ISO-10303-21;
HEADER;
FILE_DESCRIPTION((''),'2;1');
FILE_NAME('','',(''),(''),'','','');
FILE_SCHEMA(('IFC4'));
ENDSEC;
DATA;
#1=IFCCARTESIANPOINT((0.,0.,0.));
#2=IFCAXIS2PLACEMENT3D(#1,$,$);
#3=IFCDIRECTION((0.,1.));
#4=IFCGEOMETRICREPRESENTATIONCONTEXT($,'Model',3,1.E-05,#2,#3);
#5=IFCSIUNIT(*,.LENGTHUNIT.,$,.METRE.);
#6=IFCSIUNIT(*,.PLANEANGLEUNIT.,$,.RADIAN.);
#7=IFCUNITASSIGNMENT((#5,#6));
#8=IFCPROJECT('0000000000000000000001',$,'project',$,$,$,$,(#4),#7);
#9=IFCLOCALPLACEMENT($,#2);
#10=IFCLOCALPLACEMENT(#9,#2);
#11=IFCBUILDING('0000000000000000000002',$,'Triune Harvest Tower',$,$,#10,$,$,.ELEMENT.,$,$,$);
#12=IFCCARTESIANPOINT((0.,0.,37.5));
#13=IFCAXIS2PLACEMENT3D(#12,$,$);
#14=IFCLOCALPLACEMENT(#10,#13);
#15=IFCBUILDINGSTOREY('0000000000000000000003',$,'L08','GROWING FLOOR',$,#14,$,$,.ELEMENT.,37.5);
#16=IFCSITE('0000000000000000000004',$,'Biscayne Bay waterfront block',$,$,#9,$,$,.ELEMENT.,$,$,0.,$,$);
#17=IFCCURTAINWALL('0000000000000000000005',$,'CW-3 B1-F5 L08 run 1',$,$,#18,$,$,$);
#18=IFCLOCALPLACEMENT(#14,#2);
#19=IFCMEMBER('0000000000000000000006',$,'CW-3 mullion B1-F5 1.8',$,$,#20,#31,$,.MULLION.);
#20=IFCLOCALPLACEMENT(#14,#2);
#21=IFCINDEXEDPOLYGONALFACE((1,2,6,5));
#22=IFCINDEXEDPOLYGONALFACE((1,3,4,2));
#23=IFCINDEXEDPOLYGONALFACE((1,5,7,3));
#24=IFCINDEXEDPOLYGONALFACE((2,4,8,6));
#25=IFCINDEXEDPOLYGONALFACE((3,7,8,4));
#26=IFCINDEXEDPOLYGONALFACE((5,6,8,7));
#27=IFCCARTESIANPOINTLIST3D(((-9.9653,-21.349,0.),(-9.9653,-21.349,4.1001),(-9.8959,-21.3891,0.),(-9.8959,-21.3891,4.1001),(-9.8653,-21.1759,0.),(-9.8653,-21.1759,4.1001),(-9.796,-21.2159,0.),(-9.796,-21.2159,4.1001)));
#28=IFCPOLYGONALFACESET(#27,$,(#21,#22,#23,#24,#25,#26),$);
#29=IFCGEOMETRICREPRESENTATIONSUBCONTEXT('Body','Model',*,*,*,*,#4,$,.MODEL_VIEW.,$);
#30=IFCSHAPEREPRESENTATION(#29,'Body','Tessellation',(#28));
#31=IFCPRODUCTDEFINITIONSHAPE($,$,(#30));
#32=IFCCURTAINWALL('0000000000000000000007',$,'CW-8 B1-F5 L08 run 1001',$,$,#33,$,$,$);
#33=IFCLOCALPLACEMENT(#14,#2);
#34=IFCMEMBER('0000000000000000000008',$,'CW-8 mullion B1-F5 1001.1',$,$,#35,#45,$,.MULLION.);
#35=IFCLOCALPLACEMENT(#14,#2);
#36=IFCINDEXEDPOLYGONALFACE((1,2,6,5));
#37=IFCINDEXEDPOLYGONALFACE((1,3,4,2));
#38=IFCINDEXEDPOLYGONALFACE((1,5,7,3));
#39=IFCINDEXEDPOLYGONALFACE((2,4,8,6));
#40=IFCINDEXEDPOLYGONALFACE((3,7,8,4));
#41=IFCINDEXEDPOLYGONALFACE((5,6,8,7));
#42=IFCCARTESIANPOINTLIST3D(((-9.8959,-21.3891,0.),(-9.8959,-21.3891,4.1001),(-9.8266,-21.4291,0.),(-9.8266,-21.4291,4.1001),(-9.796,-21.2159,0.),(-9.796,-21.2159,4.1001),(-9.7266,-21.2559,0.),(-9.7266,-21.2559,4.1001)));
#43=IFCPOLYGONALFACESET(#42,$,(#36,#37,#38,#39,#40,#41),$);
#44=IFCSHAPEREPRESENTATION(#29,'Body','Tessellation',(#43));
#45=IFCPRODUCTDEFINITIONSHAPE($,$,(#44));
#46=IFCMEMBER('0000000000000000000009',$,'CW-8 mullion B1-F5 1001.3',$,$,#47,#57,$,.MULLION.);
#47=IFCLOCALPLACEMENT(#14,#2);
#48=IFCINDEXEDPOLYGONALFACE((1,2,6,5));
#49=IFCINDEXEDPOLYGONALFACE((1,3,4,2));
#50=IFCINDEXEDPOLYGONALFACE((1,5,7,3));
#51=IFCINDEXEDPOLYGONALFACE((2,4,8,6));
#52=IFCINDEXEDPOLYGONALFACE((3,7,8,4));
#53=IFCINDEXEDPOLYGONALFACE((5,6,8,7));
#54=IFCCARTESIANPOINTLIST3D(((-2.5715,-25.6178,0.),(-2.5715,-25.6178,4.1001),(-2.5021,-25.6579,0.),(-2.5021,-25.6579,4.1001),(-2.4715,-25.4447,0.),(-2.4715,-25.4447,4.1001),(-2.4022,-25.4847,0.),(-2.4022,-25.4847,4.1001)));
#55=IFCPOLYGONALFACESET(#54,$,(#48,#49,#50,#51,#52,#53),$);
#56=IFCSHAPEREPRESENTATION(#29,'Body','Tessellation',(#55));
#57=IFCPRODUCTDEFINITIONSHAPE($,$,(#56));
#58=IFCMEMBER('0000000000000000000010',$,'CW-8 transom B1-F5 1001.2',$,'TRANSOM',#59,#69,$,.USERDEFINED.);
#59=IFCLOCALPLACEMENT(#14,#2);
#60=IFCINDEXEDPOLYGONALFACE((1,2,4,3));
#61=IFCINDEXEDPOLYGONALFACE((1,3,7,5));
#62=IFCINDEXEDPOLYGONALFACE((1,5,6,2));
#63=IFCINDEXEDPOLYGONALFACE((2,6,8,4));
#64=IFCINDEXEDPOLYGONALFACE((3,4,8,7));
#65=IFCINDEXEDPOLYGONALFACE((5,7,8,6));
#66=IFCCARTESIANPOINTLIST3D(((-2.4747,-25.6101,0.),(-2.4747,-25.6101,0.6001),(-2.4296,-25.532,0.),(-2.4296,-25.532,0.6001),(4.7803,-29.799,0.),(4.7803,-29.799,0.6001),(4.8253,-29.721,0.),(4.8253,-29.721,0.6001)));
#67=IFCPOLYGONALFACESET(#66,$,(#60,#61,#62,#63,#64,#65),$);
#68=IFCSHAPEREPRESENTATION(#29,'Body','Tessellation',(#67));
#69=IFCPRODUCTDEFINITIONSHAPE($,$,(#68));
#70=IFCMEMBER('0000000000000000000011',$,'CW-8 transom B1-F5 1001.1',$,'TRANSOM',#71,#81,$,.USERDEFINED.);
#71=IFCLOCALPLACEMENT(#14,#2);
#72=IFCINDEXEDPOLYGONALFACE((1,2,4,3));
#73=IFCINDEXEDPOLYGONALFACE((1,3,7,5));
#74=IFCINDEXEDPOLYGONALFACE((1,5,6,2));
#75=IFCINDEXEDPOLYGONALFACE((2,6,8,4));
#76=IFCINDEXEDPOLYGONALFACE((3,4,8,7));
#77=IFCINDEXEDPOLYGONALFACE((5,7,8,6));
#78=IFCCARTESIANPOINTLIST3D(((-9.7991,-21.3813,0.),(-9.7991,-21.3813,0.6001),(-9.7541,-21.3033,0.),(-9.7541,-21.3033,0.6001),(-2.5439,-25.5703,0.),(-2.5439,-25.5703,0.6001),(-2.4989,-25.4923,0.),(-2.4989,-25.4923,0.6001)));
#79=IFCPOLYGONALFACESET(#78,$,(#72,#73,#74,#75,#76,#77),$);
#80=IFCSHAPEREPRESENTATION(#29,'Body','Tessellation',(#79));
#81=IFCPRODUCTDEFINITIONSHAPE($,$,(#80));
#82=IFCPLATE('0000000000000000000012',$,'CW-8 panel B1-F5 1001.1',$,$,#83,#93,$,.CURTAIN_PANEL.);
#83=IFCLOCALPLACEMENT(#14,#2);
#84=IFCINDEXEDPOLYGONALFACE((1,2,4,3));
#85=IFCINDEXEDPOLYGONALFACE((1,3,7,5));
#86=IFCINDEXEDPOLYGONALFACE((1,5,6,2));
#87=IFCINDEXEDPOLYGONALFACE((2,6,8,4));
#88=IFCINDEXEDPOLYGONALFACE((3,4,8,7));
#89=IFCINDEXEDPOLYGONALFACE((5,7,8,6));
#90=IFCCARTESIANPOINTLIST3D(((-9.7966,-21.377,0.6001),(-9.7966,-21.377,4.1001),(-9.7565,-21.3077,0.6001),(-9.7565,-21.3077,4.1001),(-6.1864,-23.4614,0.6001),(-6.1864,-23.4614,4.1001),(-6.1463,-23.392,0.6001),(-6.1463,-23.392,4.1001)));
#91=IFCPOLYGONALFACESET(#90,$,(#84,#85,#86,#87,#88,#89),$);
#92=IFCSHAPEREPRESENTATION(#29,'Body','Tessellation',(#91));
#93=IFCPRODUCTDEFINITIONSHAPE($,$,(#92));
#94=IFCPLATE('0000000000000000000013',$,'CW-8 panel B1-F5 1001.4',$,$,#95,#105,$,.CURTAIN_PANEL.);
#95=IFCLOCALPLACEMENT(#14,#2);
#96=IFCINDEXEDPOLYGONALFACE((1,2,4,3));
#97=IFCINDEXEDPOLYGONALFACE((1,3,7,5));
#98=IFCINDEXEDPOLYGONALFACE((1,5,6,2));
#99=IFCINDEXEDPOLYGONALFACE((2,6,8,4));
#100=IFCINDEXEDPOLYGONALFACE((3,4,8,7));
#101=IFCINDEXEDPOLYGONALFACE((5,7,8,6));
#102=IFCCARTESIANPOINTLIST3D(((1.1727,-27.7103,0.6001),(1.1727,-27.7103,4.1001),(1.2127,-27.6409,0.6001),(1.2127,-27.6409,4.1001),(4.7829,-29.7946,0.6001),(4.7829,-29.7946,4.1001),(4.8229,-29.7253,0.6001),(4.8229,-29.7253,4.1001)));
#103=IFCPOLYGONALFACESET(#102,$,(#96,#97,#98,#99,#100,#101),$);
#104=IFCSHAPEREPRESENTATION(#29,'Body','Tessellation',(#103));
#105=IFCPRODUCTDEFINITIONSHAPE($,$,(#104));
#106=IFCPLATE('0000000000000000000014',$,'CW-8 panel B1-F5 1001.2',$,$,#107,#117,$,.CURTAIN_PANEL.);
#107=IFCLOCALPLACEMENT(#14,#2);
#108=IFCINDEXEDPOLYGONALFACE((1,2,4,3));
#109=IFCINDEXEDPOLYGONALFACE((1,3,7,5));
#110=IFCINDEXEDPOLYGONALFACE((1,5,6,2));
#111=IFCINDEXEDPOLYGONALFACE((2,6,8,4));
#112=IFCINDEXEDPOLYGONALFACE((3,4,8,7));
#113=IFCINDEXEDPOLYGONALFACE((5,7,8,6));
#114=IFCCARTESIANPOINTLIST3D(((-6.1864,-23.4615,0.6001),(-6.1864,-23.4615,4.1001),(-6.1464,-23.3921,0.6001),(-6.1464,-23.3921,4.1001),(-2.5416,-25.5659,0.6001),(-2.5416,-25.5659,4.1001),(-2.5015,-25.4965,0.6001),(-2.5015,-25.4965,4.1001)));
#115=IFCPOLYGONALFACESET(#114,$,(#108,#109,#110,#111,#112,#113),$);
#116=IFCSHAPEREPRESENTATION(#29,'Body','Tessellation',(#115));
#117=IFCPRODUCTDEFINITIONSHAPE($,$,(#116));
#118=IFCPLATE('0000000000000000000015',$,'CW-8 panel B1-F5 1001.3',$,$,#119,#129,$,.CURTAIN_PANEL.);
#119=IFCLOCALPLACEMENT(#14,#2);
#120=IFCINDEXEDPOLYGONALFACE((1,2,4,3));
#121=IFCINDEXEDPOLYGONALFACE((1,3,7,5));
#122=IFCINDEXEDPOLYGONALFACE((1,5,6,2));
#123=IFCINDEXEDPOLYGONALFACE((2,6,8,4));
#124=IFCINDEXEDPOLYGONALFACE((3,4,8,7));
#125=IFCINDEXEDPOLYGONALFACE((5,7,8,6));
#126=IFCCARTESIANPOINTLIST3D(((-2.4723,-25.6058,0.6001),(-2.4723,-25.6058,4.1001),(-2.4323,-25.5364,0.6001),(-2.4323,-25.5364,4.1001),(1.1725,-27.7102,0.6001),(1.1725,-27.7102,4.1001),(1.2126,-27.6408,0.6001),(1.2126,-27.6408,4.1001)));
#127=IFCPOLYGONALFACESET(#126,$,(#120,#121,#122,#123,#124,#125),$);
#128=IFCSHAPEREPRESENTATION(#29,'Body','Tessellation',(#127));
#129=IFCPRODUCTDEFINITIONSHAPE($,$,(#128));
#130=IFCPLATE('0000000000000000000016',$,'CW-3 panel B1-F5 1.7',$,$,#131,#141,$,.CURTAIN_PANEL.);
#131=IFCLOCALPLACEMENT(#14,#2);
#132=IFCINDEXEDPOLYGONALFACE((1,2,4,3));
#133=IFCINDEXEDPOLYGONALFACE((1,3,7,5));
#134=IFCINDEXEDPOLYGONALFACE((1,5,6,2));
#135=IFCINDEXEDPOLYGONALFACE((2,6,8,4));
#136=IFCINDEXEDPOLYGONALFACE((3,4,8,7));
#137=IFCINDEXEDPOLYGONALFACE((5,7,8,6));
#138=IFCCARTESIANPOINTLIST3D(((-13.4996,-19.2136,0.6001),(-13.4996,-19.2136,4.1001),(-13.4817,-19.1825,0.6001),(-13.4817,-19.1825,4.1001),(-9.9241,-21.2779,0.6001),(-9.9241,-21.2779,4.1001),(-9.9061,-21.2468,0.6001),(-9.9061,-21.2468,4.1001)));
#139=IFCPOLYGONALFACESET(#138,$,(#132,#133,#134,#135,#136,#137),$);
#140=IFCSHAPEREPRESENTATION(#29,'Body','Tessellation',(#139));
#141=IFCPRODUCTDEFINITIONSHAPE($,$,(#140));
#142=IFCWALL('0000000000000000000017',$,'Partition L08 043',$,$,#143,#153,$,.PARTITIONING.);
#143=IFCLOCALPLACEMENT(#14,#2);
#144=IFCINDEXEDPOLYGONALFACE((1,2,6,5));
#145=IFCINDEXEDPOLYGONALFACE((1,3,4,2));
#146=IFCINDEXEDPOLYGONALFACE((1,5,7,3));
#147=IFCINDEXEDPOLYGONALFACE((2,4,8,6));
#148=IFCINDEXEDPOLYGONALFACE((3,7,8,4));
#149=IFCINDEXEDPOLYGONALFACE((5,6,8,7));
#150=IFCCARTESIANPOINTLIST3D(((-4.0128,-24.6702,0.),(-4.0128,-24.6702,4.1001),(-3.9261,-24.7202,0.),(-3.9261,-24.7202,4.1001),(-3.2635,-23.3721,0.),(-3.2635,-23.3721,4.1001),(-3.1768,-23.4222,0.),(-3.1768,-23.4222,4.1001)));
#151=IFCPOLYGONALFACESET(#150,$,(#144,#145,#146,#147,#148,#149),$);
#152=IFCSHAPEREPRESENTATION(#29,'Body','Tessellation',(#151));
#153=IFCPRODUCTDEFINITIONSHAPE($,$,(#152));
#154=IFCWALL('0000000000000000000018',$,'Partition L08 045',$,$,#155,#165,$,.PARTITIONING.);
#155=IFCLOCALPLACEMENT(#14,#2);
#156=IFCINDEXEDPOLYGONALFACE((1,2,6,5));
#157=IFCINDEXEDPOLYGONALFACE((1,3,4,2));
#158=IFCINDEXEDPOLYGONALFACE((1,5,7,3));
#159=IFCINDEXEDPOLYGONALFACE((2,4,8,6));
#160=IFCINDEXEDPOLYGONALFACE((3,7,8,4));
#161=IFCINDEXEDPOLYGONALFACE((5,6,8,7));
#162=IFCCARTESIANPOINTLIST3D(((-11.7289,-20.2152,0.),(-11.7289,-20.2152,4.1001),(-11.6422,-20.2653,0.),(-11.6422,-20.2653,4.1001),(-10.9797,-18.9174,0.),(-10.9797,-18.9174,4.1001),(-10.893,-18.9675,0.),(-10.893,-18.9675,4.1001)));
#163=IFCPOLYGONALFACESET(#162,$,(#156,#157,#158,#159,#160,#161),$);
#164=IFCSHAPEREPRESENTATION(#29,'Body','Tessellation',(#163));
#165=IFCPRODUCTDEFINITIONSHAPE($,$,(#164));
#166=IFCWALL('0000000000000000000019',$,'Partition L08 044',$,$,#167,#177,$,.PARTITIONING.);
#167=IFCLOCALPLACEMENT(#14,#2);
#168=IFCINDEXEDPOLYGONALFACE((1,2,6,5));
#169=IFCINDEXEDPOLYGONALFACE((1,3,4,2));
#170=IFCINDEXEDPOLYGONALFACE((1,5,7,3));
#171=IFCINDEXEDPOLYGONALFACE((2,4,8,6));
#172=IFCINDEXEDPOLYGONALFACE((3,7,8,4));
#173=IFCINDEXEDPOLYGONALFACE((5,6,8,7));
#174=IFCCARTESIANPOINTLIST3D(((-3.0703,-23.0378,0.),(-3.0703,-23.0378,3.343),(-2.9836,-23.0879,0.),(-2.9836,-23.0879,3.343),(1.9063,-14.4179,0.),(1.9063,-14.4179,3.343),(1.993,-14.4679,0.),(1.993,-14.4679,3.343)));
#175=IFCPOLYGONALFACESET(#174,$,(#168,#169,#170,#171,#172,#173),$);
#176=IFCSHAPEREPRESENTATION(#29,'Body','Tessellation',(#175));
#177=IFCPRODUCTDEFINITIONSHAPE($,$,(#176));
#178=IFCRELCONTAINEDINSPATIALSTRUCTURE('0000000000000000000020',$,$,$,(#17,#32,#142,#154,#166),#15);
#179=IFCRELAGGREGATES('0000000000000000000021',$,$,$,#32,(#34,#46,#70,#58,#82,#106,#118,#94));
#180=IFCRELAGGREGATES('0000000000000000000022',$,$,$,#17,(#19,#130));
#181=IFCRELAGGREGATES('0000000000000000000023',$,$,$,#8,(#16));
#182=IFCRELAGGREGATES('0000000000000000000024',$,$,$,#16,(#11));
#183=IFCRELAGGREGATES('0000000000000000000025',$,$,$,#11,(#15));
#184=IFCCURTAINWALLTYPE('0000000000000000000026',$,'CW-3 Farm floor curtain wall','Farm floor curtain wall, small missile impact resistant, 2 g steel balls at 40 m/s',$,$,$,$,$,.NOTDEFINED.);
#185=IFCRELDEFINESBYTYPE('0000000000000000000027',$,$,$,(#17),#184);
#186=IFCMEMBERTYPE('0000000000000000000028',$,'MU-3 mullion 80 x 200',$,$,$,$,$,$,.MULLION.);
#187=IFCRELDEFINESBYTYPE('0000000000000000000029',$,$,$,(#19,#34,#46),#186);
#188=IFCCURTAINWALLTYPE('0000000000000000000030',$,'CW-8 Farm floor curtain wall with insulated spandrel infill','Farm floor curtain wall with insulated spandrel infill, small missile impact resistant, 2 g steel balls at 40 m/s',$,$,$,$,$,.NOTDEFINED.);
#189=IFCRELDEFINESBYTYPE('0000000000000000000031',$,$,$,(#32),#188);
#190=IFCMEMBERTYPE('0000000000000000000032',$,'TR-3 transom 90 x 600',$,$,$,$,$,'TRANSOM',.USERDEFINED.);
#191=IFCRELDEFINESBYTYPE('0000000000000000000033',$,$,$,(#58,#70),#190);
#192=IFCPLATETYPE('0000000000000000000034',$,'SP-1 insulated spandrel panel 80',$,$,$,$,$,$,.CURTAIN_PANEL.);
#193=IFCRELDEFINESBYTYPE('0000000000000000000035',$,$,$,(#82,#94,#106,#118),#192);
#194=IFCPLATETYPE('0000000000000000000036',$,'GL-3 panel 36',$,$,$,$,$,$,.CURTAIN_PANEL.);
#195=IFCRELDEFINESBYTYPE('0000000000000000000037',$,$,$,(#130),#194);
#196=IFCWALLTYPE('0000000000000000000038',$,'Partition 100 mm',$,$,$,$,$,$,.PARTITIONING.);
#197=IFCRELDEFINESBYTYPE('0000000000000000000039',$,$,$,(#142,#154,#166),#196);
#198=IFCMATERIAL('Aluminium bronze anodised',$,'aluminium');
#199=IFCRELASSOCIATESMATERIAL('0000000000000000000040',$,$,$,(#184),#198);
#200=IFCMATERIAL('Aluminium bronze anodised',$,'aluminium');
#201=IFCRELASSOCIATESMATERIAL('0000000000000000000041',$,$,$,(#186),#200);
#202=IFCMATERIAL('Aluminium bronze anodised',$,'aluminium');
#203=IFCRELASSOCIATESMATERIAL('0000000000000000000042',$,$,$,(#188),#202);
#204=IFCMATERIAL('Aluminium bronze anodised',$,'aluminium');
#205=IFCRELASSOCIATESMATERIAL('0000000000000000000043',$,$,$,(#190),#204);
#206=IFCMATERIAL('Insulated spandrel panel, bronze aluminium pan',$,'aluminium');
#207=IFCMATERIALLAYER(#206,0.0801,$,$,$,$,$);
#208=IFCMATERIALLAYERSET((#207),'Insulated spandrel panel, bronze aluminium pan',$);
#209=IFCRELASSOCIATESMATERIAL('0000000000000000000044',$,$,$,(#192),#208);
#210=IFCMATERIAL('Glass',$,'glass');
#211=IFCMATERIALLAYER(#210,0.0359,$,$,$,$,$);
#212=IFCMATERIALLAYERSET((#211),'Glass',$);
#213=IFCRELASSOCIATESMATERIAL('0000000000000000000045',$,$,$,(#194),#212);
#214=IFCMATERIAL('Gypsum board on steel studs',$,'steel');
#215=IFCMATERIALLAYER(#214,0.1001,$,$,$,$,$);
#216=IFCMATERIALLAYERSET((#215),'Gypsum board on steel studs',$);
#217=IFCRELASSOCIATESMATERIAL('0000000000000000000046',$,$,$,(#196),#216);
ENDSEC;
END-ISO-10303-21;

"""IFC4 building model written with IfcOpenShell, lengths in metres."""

from ifc_helpers import new_model, si_unit, direction, frame, frame_2d, origin, origin_2d, place, context, subcontext, project, spatial, rectangle, extrude, source, transform, mapped, material, layer, layer_set, material_profile, profile_set, type_object, element, aggregate, save


model = new_model("IFC4")

# Units and contexts
model_context = context("Model", 3, precision=1e-05, world=origin(), true_north=direction((0.0, 1.0)))
body_context = subcontext(model_context, "Body", "Model", "MODEL_VIEW")
ifc_project = project(units=[si_unit("LENGTHUNIT", "METRE"), si_unit("PLANEANGLEUNIT", "RADIAN")], contexts=[model_context])

# Site, building, storey
site_placement = place(None, origin())
site = spatial("IfcSite", under=ifc_project, at=site_placement, Name="Biscayne Bay waterfront block", CompositionType="ELEMENT", RefElevation=0.0)
building_placement = place(site_placement, origin())
building = spatial("IfcBuilding", under=site, at=building_placement, Name="Triune Harvest Tower", CompositionType="ELEMENT")
storey_placement = place(building_placement, frame((0.0, 0.0, 37.5)))
storey = spatial("IfcBuildingStorey", under=building, at=storey_placement, Name="L08", Description="GROWING FLOOR", CompositionType="ELEMENT", Elevation=37.5)

# Curtain wall, member
ifc_material_1 = material(Name="Aluminium bronze anodised", Category="aluminium")
curtain_wall_type_1 = type_object("IfcCurtainWallType", Name="CW-3 Farm floor curtain wall", Description="Farm floor curtain wall, small missile impact resistant, 2 g steel balls at 40 m/s", PredefinedType="NOTDEFINED", material=ifc_material_1)
curtain_wall_1_placement = place(storey_placement, origin())
curtain_wall_1 = element("IfcCurtainWall", 1, at=curtain_wall_1_placement, inside=storey, type_object=curtain_wall_type_1, Name="CW-3 B1-F5 L08 run 1")
ifc_material_2 = material(Name="Aluminium bronze anodised", Category="aluminium")
ifc_material_profile_1 = material_profile(ifc_material_2, rectangle(XDim=0.2, YDim=0.0801, at=origin_2d()), Name="MU-3 mullion 80 x 200")
ifc_profile_set_1 = profile_set([ifc_material_profile_1], Name="Aluminium bronze anodised")
member_type_1 = type_object("IfcMemberType", Name="MU-3 mullion 80 x 200", PredefinedType="MULLION", material=ifc_profile_set_1)
shared_shape_1 = source(origin(), body_context, "Body", "SweptSolid", [
    extrude(rectangle(XDim=0.2, YDim=0.0801, at=origin_2d()), origin(), (0.0, 0.0, 1.0), 4.1001),
])
member_1_placement = place(storey_placement, frame((-9.8806, -21.2825, 0.0), z_axis=(0.0, 0.0, 1.0), x_axis=(0.5, 0.866026, 0.0)))
member_1 = element("IfcMember", 2, at=member_1_placement, type_object=member_type_1, Name="CW-3 mullion B1-F5 1.8", PredefinedType="MULLION", context=body_context, shape_type="MappedRepresentation", body=[
    mapped(shared_shape_1, transform((0.0, 0.0, 0.0), scale=1.0)),
])

# Curtain wall, members, plates
ifc_material_3 = material(Name="Aluminium bronze anodised", Category="aluminium")
curtain_wall_type_2 = type_object("IfcCurtainWallType", Name="CW-8 Farm floor curtain wall with insulated spandrel infill", Description="Farm floor curtain wall with insulated spandrel infill, small missile impact resistant, 2 g steel balls at 40 m/s", PredefinedType="NOTDEFINED", material=ifc_material_3)
curtain_wall_2_placement = place(storey_placement, origin())
curtain_wall_2 = element("IfcCurtainWall", 3, at=curtain_wall_2_placement, inside=storey, type_object=curtain_wall_type_2, Name="CW-8 B1-F5 L08 run 1001")
member_2_placement = place(storey_placement, frame((-9.8113, -21.3225, 0.0), z_axis=(0.0, 0.0, 1.0), x_axis=(0.500003, 0.866024, 0.0)))
member_2 = element("IfcMember", 4, at=member_2_placement, type_object=member_type_1, Name="CW-8 mullion B1-F5 1001.1", PredefinedType="MULLION", context=body_context, shape_type="MappedRepresentation", body=[
    mapped(shared_shape_1, transform((0.0, 0.0, 0.0), scale=1.0)),
])
member_3_placement = place(storey_placement, frame((-2.4868, -25.5513, 0.0), z_axis=(0.0, 0.0, 1.0), x_axis=(0.500003, 0.866024, 0.0)))
member_3 = element("IfcMember", 5, at=member_3_placement, type_object=member_type_1, Name="CW-8 mullion B1-F5 1001.3", PredefinedType="MULLION", context=body_context, shape_type="MappedRepresentation", body=[
    mapped(shared_shape_1, transform((0.0, 0.0, 0.0), scale=1.0)),
])
ifc_material_4 = material(Name="Aluminium bronze anodised", Category="aluminium")
ifc_material_profile_2 = material_profile(ifc_material_4, rectangle(XDim=0.0901, YDim=0.6001, at=origin_2d()), Name="TR-3 transom 90 x 600")
ifc_profile_set_2 = profile_set([ifc_material_profile_2], Name="Aluminium bronze anodised")
member_type_2 = type_object("IfcMemberType", Name="TR-3 transom 90 x 600", ElementType="TRANSOM", PredefinedType="USERDEFINED", material=ifc_profile_set_2)
shared_shape_2 = source(origin(), body_context, "Body", "SweptSolid", [
    extrude(rectangle(XDim=0.0901, YDim=0.6001, at=origin_2d()), origin(), (0.0, 0.0, 1.0), 8.3774),
])
member_4_placement = place(storey_placement, frame((-2.4521, -25.571, 0.3), z_axis=(0.866007, -0.500032, 0.0), x_axis=(0.500032, 0.866007, 0.0)))
member_4 = element("IfcMember", 6, at=member_4_placement, type_object=member_type_2, Name="CW-8 transom B1-F5 1001.2", ObjectType="TRANSOM", PredefinedType="USERDEFINED", context=body_context, shape_type="MappedRepresentation", body=[
    mapped(shared_shape_2, transform((0.0, 0.0, 0.0), scale=1.0)),
])
shared_shape_3 = source(origin(), body_context, "Body", "SweptSolid", [
    extrude(rectangle(XDim=0.0901, YDim=0.6001, at=origin_2d()), origin(), (0.0, 0.0, 1.0), 8.3777),
])
member_5_placement = place(storey_placement, frame((-9.7766, -21.3423, 0.3), z_axis=(0.866014, -0.500019, 0.0), x_axis=(0.500019, 0.866014, 0.0)))
member_5 = element("IfcMember", 7, at=member_5_placement, type_object=member_type_2, Name="CW-8 transom B1-F5 1001.1", ObjectType="TRANSOM", PredefinedType="USERDEFINED", context=body_context, shape_type="MappedRepresentation", body=[
    mapped(shared_shape_3, transform((0.0, 0.0, 0.0), scale=1.0)),
])
ifc_material_5 = material(Name="Insulated spandrel panel, bronze aluminium pan", Category="aluminium")
ifc_layer_1 = layer(ifc_material_5, 0.0801)
ifc_layer_set_1 = layer_set([ifc_layer_1], Name="Insulated spandrel panel, bronze aluminium pan")
plate_type_1 = type_object("IfcPlateType", Name="SP-1 insulated spandrel panel 80", PredefinedType="CURTAIN_PANEL", material=ifc_layer_set_1)
shared_shape_4 = source(origin(), body_context, "Body", "SweptSolid", [
    extrude(rectangle(XDim=4.1687, YDim=0.0801, at=origin_2d()), origin(), (0.0, 0.0, 1.0), 3.5),
])
plate_1_placement = place(storey_placement, frame((-7.9714, -22.3845, 0.6001), z_axis=(0.0, 0.0, 1.0), x_axis=(0.866024, -0.500003, 0.0)))
plate_1 = element("IfcPlate", 8, at=plate_1_placement, type_object=plate_type_1, Name="CW-8 panel B1-F5 1001.1", PredefinedType="CURTAIN_PANEL", context=body_context, shape_type="MappedRepresentation", body=[
    mapped(shared_shape_4, transform((0.0, 0.0, 0.0), scale=1.0)),
])
plate_2_placement = place(storey_placement, frame((2.9978, -28.7178, 0.6001), z_axis=(0.0, 0.0, 1.0), x_axis=(0.866024, -0.500003, 0.0)))
plate_2 = element("IfcPlate", 9, at=plate_2_placement, type_object=plate_type_1, Name="CW-8 panel B1-F5 1001.4", PredefinedType="CURTAIN_PANEL", context=body_context, shape_type="MappedRepresentation", body=[
    mapped(shared_shape_4, transform((0.0, 0.0, 0.0), scale=1.0)),
])
shared_shape_5 = source(origin(), body_context, "Body", "SweptSolid", [
    extrude(rectangle(XDim=4.2087, YDim=0.0801, at=origin_2d()), origin(), (0.0, 0.0, 1.0), 3.5),
])
plate_3_placement = place(storey_placement, frame((-4.344, -24.479, 0.6001), z_axis=(0.0, 0.0, 1.0), x_axis=(0.866024, -0.500003, 0.0)))
plate_3 = element("IfcPlate", 10, at=plate_3_placement, type_object=plate_type_1, Name="CW-8 panel B1-F5 1001.2", PredefinedType="CURTAIN_PANEL", context=body_context, shape_type="MappedRepresentation", body=[
    mapped(shared_shape_5, transform((0.0, 0.0, 0.0), scale=1.0)),
])
plate_4_placement = place(storey_placement, frame((-0.6299, -26.6233, 0.6001), z_axis=(0.0, 0.0, 1.0), x_axis=(0.866024, -0.500003, 0.0)))
plate_4 = element("IfcPlate", 11, at=plate_4_placement, type_object=plate_type_1, Name="CW-8 panel B1-F5 1001.3", PredefinedType="CURTAIN_PANEL", context=body_context, shape_type="MappedRepresentation", body=[
    mapped(shared_shape_5, transform((0.0, 0.0, 0.0), scale=1.0)),
])
aggregate(curtain_wall_2, [member_2, member_3, member_5, member_4, plate_1, plate_3, plate_4, plate_2])

# Plate
ifc_material_6 = material(Name="Glass", Category="glass")
ifc_layer_2 = layer(ifc_material_6, 0.0359)
ifc_layer_set_2 = layer_set([ifc_layer_2], Name="Glass")
plate_type_2 = type_object("IfcPlateType", Name="GL-3 panel 36", PredefinedType="CURTAIN_PANEL", material=ifc_layer_set_2)
shared_shape_6 = source(origin(), body_context, "Body", "SweptSolid", [
    extrude(rectangle(XDim=4.1287, YDim=0.0359, at=origin_2d()), origin(), (0.0, 0.0, 1.0), 3.5),
])
plate_5_placement = place(storey_placement, frame((-11.7029, -20.2302, 0.6001), z_axis=(0.0, 0.0, 1.0), x_axis=(0.866026, -0.5, 0.0)))
plate_5 = element("IfcPlate", 12, at=plate_5_placement, type_object=plate_type_2, Name="CW-3 panel B1-F5 1.7", PredefinedType="CURTAIN_PANEL", context=body_context, shape_type="MappedRepresentation", body=[
    mapped(shared_shape_6, transform((0.0, 0.0, 0.0), scale=1.0)),
])
aggregate(curtain_wall_1, [member_1, plate_5])

# Walls
ifc_material_7 = material(Name="Gypsum board on steel studs", Category="steel")
ifc_layer_3 = layer(ifc_material_7, 0.1001)
ifc_layer_set_3 = layer_set([ifc_layer_3], Name="Gypsum board on steel studs")
wall_type = type_object("IfcWallType", Name="Partition 100 mm", PredefinedType="PARTITIONING", material=ifc_layer_set_3)
wall_1_placement = place(storey_placement, frame((-3.9695, -24.6953, 0.0), z_axis=(0.0, 0.0, 1.0), x_axis=(0.499906, 0.86608, 0.0)))
element("IfcWall", 13, at=wall_1_placement, inside=storey, type_object=wall_type, Name="Partition L08 043", PredefinedType="PARTITIONING", context=body_context, shape_type="SweptSolid", body=[
    extrude(rectangle(XDim=1.4988, YDim=0.1001, at=frame_2d((0.7495, 0.0))), origin(), (0.0, 0.0, 1.0), 4.1001),
])
shared_shape_7 = source(origin(), body_context, "Body", "SweptSolid", [
    extrude(rectangle(XDim=1.4985, YDim=0.1001, at=frame_2d((0.7493, 0.0))), origin(), (0.0, 0.0, 1.0), 4.1001),
])
wall_2_placement = place(storey_placement, frame((-11.6855, -20.2402, 0.0), z_axis=(0.0, 0.0, 1.0), x_axis=(0.499976, 0.866039, 0.0)))
element("IfcWall", 14, at=wall_2_placement, inside=storey, type_object=wall_type, Name="Partition L08 045", PredefinedType="PARTITIONING", context=body_context, shape_type="MappedRepresentation", body=[
    mapped(shared_shape_7, transform((0.0, 0.0, 0.0), scale=1.0)),
])
shared_shape_8 = source(origin(), body_context, "Body", "SweptSolid", [
    extrude(rectangle(XDim=9.9534, YDim=0.1001, at=frame_2d((4.9766, 0.0))), origin(), (0.0, 0.0, 1.0), 3.343),
])
wall_3_placement = place(storey_placement, frame((-3.0269, -23.0627, 0.0), z_axis=(0.0, 0.0, 1.0), x_axis=(0.499991, 0.866031, 0.0)))
element("IfcWall", 15, at=wall_3_placement, inside=storey, type_object=wall_type, Name="Partition L08 044", PredefinedType="PARTITIONING", context=body_context, shape_type="MappedRepresentation", body=[
    mapped(shared_shape_8, transform((0.0, 0.0, 0.0), scale=1.0)),
])

save(model, "model.ifc")
